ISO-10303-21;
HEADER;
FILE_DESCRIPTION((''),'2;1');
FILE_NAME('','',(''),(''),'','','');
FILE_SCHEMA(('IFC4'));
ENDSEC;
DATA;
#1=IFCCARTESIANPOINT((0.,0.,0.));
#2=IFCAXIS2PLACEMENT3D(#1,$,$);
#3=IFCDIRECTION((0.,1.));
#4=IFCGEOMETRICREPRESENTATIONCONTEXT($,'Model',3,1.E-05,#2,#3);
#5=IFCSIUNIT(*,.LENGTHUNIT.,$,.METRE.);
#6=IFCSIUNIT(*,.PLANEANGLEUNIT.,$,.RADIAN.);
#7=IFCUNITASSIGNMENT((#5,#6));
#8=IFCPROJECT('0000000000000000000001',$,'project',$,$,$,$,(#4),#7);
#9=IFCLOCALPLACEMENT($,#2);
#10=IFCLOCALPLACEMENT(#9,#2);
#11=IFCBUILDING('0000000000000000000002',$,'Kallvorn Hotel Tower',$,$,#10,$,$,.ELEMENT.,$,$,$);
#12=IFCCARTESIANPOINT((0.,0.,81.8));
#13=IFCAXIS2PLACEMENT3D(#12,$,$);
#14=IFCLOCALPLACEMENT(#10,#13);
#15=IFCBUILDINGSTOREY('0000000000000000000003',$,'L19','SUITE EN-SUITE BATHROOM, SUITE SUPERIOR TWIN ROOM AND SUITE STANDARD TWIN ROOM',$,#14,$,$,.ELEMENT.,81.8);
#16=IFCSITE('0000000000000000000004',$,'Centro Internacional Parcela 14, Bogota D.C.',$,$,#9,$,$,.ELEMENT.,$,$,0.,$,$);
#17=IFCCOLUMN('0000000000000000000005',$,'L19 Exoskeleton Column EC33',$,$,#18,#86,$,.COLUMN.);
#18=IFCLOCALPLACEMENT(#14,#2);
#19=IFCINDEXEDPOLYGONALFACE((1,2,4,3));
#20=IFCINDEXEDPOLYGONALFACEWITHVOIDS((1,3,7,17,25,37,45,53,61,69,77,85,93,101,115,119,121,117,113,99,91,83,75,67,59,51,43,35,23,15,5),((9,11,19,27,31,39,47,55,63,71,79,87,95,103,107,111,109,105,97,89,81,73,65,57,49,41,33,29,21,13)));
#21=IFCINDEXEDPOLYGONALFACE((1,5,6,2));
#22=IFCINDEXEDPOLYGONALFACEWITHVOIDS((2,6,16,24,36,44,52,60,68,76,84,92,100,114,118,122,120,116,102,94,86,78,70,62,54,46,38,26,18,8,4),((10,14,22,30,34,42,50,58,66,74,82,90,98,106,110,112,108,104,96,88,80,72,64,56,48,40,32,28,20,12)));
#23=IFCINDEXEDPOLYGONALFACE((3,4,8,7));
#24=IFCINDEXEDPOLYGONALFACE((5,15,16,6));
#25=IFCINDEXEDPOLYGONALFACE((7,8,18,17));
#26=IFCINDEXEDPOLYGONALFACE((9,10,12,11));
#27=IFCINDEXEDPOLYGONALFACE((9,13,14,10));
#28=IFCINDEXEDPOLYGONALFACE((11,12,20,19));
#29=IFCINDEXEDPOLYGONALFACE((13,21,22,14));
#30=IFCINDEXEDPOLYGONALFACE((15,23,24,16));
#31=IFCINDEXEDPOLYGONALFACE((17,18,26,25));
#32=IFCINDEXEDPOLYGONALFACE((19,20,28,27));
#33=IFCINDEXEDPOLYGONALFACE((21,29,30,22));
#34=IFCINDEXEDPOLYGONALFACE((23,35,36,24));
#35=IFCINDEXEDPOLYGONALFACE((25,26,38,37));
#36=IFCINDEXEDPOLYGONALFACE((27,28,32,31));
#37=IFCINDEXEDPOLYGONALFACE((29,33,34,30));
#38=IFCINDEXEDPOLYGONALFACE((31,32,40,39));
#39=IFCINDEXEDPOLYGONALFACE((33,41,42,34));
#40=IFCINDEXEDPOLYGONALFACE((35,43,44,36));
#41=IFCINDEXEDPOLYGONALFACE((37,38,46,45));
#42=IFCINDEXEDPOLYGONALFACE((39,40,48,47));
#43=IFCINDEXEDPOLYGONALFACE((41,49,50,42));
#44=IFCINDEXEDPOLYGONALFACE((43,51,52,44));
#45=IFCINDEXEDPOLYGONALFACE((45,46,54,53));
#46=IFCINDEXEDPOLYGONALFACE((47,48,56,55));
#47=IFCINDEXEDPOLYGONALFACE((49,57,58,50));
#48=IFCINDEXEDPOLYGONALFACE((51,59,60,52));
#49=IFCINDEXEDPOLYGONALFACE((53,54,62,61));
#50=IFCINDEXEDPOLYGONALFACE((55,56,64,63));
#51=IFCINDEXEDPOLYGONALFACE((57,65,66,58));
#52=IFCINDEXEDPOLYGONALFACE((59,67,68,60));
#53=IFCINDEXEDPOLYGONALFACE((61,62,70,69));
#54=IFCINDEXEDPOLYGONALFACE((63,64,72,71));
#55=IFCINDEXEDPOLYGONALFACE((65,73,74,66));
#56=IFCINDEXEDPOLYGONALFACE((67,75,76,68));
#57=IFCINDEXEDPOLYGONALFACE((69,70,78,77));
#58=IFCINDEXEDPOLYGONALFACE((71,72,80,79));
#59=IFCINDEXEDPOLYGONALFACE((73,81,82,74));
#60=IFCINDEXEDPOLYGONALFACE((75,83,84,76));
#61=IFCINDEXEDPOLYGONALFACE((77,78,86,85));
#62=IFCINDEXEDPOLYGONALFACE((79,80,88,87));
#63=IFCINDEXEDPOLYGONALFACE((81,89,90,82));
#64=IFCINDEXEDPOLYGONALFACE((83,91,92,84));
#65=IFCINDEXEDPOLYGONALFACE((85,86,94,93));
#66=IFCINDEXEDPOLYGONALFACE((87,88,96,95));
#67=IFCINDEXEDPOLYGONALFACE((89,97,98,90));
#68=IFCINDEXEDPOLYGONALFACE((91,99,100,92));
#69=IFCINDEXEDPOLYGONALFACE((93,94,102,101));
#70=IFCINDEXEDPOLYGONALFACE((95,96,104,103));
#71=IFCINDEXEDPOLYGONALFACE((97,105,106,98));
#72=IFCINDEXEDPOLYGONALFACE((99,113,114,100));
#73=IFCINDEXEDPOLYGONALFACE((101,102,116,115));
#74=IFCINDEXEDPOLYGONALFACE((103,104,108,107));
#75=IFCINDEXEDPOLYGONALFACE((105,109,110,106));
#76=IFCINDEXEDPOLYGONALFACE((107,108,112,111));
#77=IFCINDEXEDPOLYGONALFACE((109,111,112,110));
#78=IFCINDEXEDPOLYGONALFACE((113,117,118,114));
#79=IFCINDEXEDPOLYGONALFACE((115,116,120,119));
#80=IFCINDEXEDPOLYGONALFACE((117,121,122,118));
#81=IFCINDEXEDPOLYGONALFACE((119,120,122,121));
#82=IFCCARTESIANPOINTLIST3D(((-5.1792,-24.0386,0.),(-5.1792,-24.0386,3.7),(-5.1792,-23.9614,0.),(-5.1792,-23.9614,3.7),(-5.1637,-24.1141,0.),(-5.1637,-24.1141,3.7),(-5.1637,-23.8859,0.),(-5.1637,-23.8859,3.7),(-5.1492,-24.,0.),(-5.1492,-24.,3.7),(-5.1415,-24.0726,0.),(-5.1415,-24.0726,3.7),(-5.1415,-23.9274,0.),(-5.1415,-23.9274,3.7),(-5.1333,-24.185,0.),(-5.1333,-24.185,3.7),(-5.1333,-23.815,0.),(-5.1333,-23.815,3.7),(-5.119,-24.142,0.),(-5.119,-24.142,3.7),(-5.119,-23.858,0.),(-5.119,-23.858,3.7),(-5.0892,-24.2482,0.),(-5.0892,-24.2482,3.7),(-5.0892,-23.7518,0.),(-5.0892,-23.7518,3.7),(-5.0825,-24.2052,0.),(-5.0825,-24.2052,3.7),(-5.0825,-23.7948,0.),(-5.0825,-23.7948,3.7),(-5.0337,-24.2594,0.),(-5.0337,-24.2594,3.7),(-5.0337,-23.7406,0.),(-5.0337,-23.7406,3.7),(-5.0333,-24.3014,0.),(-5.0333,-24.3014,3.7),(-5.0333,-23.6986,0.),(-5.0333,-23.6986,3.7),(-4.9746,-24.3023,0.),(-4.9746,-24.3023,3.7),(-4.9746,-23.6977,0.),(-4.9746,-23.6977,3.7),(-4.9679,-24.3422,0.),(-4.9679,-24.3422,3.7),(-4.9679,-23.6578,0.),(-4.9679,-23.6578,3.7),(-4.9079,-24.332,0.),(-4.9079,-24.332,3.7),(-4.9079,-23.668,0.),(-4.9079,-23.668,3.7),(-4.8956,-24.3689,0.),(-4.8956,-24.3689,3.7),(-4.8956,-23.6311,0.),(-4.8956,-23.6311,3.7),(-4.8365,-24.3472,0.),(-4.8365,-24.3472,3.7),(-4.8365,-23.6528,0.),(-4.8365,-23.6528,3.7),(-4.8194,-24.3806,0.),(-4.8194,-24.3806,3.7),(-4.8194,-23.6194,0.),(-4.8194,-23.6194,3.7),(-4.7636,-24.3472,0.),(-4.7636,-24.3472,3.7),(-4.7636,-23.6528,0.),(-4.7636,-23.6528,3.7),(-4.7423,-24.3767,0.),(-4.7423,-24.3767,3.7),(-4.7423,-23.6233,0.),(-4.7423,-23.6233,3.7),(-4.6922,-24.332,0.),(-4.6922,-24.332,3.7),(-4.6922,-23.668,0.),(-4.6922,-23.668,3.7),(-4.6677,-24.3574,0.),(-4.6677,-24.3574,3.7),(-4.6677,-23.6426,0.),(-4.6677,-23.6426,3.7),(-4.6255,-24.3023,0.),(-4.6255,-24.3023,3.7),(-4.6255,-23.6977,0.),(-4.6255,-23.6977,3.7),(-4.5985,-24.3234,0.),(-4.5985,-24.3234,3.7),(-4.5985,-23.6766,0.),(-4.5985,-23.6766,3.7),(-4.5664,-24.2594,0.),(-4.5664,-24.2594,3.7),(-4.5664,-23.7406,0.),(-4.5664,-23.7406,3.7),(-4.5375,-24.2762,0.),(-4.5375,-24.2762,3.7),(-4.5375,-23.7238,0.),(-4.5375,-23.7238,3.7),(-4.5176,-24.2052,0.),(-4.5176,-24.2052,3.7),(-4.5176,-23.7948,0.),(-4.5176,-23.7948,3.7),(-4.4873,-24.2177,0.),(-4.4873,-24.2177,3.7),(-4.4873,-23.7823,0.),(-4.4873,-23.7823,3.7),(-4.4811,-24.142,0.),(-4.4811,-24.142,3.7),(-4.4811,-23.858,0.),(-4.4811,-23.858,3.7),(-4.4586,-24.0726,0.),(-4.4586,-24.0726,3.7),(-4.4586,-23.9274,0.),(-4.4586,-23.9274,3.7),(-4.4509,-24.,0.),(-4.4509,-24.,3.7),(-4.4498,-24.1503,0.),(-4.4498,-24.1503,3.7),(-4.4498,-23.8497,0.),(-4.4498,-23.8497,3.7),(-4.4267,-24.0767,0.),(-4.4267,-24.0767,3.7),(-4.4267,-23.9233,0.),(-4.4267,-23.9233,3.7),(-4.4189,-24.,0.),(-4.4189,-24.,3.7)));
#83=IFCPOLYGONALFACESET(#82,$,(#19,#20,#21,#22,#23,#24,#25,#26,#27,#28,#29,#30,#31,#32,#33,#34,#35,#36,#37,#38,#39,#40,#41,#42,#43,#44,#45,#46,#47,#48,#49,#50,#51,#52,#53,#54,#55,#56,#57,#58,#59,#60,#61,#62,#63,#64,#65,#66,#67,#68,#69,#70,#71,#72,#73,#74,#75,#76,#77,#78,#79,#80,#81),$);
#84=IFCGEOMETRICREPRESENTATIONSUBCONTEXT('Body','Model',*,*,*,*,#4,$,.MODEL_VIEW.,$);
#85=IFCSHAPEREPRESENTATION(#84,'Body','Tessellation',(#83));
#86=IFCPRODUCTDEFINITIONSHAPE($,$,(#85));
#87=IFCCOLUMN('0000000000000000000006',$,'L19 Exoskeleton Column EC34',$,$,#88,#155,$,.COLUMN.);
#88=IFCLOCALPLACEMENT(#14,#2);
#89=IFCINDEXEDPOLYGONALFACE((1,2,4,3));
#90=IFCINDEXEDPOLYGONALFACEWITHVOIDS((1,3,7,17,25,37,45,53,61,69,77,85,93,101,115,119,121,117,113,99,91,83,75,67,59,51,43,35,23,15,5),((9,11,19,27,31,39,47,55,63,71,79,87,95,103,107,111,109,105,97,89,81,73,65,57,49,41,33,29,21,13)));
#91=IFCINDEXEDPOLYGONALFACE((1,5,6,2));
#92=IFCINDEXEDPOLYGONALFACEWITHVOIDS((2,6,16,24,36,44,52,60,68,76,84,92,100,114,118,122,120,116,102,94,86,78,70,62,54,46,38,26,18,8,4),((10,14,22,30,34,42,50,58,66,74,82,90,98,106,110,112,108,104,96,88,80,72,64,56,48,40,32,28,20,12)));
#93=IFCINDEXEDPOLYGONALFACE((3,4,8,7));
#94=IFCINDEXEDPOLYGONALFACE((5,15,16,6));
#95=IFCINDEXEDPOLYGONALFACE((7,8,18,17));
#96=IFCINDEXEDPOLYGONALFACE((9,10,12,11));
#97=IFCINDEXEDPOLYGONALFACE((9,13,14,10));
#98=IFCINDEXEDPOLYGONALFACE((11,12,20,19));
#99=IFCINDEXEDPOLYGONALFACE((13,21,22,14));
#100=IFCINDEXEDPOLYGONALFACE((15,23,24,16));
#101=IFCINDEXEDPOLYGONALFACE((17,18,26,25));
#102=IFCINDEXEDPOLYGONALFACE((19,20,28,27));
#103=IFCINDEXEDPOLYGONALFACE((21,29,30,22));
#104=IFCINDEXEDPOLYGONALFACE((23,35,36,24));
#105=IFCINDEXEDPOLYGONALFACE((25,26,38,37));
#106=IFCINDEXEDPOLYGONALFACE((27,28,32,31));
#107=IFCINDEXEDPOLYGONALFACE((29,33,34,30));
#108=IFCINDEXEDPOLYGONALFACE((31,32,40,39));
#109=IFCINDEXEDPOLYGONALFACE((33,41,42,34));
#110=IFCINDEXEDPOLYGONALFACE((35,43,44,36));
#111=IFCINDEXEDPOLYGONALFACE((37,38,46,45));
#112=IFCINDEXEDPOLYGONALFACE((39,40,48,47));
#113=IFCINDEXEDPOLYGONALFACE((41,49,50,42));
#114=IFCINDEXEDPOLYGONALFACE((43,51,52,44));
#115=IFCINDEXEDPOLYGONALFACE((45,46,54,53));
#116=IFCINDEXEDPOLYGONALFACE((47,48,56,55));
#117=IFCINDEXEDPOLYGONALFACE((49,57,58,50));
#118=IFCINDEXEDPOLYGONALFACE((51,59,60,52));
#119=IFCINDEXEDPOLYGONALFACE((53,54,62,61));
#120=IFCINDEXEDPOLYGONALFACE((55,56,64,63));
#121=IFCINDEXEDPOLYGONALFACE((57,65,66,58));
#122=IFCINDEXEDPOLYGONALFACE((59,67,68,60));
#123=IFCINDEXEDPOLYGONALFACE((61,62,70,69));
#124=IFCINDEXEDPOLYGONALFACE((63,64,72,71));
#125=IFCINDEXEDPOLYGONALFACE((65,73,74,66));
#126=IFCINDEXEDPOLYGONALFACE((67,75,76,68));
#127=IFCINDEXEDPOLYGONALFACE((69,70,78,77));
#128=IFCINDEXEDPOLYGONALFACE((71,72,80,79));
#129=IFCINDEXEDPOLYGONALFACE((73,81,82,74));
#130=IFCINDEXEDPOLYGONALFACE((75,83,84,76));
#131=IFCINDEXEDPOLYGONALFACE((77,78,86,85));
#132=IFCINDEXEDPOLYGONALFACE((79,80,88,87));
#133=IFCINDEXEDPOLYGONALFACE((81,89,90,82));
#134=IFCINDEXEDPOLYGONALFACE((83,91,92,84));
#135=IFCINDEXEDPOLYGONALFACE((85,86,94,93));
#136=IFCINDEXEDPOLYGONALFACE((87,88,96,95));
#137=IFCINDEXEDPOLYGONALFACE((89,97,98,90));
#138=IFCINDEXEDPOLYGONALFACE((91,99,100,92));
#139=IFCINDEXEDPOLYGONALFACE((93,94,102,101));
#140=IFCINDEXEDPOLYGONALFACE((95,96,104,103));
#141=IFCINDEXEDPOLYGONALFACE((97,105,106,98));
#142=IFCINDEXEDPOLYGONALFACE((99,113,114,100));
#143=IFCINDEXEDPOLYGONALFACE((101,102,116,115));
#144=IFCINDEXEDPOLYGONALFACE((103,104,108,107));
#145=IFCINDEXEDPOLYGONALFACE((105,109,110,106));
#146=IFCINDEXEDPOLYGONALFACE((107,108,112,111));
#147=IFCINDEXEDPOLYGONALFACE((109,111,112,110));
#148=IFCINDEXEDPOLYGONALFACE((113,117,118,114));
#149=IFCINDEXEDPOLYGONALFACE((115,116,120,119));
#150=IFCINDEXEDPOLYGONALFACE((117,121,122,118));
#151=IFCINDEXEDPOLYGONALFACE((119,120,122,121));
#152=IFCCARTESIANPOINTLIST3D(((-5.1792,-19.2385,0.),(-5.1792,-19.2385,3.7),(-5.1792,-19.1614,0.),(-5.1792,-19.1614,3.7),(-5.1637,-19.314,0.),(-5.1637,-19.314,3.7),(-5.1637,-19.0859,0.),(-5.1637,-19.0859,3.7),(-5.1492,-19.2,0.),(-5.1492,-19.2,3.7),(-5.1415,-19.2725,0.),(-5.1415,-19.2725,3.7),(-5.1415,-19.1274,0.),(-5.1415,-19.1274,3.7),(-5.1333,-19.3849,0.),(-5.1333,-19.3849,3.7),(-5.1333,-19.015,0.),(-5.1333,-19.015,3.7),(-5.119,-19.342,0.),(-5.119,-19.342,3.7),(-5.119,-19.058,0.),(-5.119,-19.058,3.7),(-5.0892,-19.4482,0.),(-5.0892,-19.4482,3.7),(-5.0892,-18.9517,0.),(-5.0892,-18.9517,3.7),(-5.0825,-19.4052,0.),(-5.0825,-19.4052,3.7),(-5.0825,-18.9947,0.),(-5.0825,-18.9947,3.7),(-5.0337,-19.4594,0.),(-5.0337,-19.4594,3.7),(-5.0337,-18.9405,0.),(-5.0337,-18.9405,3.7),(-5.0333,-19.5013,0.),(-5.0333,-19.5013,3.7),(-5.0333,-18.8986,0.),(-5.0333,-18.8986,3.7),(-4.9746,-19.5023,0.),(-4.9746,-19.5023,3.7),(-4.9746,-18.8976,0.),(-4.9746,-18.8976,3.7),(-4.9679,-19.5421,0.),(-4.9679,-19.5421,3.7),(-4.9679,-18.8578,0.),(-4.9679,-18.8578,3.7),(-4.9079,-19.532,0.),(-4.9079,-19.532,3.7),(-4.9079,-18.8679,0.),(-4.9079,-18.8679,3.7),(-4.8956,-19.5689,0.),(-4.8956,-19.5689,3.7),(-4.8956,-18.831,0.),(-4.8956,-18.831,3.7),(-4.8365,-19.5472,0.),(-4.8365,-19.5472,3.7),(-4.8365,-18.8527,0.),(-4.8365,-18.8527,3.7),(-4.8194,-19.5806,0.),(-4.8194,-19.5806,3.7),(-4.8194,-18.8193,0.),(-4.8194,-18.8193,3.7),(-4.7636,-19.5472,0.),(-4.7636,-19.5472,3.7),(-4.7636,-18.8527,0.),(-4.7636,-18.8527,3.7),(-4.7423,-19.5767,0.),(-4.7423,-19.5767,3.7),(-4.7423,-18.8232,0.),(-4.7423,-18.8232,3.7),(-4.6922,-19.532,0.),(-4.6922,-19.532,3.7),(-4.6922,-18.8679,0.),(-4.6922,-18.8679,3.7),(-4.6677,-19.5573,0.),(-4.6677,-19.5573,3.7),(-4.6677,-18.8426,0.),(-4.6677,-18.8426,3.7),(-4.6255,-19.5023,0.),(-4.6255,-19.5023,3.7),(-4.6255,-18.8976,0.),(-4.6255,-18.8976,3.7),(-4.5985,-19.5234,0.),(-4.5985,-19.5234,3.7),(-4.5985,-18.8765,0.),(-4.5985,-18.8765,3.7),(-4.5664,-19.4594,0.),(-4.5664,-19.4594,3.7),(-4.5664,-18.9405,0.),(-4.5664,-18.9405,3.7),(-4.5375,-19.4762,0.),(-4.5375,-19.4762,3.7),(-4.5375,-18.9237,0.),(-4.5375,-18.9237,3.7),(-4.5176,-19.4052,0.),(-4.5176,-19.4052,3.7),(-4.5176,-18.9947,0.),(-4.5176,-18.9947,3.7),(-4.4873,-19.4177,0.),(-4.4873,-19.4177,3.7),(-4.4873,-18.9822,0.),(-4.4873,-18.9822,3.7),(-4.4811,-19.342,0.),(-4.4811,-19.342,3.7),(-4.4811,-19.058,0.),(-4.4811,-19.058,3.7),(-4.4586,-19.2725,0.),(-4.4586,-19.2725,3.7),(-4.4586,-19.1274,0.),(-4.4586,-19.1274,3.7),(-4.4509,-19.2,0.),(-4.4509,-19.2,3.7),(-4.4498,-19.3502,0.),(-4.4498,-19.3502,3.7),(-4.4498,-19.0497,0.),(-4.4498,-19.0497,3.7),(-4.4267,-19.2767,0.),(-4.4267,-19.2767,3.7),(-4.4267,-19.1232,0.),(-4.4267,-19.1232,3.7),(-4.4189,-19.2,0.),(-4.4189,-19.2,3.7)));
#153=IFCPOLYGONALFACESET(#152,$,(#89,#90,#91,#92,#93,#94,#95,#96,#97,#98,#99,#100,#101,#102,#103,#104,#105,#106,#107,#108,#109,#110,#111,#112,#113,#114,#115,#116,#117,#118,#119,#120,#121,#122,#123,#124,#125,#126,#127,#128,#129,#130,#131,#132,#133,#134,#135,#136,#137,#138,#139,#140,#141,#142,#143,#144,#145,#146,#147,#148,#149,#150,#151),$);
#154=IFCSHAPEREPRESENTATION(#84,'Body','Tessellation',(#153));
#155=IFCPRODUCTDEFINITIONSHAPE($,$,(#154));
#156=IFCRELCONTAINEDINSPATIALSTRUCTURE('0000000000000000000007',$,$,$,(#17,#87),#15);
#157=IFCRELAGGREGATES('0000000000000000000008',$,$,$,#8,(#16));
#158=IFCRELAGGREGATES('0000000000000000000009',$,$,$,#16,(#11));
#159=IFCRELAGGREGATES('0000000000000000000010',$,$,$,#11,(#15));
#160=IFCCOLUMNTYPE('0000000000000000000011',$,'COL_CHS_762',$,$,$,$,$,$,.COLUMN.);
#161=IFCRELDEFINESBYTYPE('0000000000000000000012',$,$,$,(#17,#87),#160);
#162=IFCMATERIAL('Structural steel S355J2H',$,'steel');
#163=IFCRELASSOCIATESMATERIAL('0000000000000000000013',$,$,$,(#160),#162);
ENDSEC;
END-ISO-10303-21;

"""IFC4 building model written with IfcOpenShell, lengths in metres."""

from ifc_helpers import new_model, si_unit, direction, frame, origin, origin_2d, place, context, subcontext, project, spatial, hollow_circle, extrude, material, material_profile, profile_set, type_object, element, save


model = new_model("IFC4")

# Units and contexts
model_context = context("Model", 3, precision=1e-05, world=origin(), true_north=direction((0.0, 1.0)))
body_context = subcontext(model_context, "Body", "Model", "MODEL_VIEW")
ifc_project = project(units=[si_unit("LENGTHUNIT", "METRE"), si_unit("PLANEANGLEUNIT", "RADIAN")], contexts=[model_context])

# Site, building, storey
site_placement = place(None, origin())
site = spatial("IfcSite", under=ifc_project, at=site_placement, Name="Centro Internacional Parcela 14, Bogota D.C.", CompositionType="ELEMENT", RefElevation=0.0)
building_placement = place(site_placement, origin())
building = spatial("IfcBuilding", under=site, at=building_placement, Name="Kallvorn Hotel Tower", CompositionType="ELEMENT")
storey_placement = place(building_placement, frame((0.0, 0.0, 81.8)))
storey = spatial("IfcBuildingStorey", under=building, at=storey_placement, Name="L19", Description="SUITE EN-SUITE BATHROOM, SUITE SUPERIOR TWIN ROOM AND SUITE STANDARD TWIN ROOM", CompositionType="ELEMENT", Elevation=81.8)

# Columns
ifc_material_1 = material(Name="Structural steel S355J2H", Category="steel")
ifc_material_profile_1 = material_profile(ifc_material_1, hollow_circle(Radius=0.3811, WallThickness=0.032, at=origin_2d()), Name="CHS 762x32")
ifc_profile_set_1 = profile_set([ifc_material_profile_1], Name="Structural steel S355J2H")
column_type_1 = type_object("IfcColumnType", Name="COL_CHS_762", PredefinedType="COLUMN", material=ifc_profile_set_1)
for number, where, z_axis, x_axis, name in (
    (1, (-4.8, -24.0, 0.0), (0.0, 0.0, 1.0), (1.0, 0.0, 0.0), "L19 Exoskeleton Column EC33"),
    (2, (-4.8, -19.2, 0.0), (0.0, 0.0, 1.0), (1.0, 0.0, 0.0), "L19 Exoskeleton Column EC34"),
):
    element("IfcColumn", number, at=place(storey_placement, frame(where, z_axis=z_axis, x_axis=x_axis)), inside=storey, type_object=column_type_1, Name=name, PredefinedType="COLUMN", context=body_context, shape_type="SweptSolid", body=[
        extrude(hollow_circle(Radius=0.3811, WallThickness=0.032, at=origin_2d()), origin(), (0.0, 0.0, 1.0), 3.7),
    ])

save(model, "model.ifc")
